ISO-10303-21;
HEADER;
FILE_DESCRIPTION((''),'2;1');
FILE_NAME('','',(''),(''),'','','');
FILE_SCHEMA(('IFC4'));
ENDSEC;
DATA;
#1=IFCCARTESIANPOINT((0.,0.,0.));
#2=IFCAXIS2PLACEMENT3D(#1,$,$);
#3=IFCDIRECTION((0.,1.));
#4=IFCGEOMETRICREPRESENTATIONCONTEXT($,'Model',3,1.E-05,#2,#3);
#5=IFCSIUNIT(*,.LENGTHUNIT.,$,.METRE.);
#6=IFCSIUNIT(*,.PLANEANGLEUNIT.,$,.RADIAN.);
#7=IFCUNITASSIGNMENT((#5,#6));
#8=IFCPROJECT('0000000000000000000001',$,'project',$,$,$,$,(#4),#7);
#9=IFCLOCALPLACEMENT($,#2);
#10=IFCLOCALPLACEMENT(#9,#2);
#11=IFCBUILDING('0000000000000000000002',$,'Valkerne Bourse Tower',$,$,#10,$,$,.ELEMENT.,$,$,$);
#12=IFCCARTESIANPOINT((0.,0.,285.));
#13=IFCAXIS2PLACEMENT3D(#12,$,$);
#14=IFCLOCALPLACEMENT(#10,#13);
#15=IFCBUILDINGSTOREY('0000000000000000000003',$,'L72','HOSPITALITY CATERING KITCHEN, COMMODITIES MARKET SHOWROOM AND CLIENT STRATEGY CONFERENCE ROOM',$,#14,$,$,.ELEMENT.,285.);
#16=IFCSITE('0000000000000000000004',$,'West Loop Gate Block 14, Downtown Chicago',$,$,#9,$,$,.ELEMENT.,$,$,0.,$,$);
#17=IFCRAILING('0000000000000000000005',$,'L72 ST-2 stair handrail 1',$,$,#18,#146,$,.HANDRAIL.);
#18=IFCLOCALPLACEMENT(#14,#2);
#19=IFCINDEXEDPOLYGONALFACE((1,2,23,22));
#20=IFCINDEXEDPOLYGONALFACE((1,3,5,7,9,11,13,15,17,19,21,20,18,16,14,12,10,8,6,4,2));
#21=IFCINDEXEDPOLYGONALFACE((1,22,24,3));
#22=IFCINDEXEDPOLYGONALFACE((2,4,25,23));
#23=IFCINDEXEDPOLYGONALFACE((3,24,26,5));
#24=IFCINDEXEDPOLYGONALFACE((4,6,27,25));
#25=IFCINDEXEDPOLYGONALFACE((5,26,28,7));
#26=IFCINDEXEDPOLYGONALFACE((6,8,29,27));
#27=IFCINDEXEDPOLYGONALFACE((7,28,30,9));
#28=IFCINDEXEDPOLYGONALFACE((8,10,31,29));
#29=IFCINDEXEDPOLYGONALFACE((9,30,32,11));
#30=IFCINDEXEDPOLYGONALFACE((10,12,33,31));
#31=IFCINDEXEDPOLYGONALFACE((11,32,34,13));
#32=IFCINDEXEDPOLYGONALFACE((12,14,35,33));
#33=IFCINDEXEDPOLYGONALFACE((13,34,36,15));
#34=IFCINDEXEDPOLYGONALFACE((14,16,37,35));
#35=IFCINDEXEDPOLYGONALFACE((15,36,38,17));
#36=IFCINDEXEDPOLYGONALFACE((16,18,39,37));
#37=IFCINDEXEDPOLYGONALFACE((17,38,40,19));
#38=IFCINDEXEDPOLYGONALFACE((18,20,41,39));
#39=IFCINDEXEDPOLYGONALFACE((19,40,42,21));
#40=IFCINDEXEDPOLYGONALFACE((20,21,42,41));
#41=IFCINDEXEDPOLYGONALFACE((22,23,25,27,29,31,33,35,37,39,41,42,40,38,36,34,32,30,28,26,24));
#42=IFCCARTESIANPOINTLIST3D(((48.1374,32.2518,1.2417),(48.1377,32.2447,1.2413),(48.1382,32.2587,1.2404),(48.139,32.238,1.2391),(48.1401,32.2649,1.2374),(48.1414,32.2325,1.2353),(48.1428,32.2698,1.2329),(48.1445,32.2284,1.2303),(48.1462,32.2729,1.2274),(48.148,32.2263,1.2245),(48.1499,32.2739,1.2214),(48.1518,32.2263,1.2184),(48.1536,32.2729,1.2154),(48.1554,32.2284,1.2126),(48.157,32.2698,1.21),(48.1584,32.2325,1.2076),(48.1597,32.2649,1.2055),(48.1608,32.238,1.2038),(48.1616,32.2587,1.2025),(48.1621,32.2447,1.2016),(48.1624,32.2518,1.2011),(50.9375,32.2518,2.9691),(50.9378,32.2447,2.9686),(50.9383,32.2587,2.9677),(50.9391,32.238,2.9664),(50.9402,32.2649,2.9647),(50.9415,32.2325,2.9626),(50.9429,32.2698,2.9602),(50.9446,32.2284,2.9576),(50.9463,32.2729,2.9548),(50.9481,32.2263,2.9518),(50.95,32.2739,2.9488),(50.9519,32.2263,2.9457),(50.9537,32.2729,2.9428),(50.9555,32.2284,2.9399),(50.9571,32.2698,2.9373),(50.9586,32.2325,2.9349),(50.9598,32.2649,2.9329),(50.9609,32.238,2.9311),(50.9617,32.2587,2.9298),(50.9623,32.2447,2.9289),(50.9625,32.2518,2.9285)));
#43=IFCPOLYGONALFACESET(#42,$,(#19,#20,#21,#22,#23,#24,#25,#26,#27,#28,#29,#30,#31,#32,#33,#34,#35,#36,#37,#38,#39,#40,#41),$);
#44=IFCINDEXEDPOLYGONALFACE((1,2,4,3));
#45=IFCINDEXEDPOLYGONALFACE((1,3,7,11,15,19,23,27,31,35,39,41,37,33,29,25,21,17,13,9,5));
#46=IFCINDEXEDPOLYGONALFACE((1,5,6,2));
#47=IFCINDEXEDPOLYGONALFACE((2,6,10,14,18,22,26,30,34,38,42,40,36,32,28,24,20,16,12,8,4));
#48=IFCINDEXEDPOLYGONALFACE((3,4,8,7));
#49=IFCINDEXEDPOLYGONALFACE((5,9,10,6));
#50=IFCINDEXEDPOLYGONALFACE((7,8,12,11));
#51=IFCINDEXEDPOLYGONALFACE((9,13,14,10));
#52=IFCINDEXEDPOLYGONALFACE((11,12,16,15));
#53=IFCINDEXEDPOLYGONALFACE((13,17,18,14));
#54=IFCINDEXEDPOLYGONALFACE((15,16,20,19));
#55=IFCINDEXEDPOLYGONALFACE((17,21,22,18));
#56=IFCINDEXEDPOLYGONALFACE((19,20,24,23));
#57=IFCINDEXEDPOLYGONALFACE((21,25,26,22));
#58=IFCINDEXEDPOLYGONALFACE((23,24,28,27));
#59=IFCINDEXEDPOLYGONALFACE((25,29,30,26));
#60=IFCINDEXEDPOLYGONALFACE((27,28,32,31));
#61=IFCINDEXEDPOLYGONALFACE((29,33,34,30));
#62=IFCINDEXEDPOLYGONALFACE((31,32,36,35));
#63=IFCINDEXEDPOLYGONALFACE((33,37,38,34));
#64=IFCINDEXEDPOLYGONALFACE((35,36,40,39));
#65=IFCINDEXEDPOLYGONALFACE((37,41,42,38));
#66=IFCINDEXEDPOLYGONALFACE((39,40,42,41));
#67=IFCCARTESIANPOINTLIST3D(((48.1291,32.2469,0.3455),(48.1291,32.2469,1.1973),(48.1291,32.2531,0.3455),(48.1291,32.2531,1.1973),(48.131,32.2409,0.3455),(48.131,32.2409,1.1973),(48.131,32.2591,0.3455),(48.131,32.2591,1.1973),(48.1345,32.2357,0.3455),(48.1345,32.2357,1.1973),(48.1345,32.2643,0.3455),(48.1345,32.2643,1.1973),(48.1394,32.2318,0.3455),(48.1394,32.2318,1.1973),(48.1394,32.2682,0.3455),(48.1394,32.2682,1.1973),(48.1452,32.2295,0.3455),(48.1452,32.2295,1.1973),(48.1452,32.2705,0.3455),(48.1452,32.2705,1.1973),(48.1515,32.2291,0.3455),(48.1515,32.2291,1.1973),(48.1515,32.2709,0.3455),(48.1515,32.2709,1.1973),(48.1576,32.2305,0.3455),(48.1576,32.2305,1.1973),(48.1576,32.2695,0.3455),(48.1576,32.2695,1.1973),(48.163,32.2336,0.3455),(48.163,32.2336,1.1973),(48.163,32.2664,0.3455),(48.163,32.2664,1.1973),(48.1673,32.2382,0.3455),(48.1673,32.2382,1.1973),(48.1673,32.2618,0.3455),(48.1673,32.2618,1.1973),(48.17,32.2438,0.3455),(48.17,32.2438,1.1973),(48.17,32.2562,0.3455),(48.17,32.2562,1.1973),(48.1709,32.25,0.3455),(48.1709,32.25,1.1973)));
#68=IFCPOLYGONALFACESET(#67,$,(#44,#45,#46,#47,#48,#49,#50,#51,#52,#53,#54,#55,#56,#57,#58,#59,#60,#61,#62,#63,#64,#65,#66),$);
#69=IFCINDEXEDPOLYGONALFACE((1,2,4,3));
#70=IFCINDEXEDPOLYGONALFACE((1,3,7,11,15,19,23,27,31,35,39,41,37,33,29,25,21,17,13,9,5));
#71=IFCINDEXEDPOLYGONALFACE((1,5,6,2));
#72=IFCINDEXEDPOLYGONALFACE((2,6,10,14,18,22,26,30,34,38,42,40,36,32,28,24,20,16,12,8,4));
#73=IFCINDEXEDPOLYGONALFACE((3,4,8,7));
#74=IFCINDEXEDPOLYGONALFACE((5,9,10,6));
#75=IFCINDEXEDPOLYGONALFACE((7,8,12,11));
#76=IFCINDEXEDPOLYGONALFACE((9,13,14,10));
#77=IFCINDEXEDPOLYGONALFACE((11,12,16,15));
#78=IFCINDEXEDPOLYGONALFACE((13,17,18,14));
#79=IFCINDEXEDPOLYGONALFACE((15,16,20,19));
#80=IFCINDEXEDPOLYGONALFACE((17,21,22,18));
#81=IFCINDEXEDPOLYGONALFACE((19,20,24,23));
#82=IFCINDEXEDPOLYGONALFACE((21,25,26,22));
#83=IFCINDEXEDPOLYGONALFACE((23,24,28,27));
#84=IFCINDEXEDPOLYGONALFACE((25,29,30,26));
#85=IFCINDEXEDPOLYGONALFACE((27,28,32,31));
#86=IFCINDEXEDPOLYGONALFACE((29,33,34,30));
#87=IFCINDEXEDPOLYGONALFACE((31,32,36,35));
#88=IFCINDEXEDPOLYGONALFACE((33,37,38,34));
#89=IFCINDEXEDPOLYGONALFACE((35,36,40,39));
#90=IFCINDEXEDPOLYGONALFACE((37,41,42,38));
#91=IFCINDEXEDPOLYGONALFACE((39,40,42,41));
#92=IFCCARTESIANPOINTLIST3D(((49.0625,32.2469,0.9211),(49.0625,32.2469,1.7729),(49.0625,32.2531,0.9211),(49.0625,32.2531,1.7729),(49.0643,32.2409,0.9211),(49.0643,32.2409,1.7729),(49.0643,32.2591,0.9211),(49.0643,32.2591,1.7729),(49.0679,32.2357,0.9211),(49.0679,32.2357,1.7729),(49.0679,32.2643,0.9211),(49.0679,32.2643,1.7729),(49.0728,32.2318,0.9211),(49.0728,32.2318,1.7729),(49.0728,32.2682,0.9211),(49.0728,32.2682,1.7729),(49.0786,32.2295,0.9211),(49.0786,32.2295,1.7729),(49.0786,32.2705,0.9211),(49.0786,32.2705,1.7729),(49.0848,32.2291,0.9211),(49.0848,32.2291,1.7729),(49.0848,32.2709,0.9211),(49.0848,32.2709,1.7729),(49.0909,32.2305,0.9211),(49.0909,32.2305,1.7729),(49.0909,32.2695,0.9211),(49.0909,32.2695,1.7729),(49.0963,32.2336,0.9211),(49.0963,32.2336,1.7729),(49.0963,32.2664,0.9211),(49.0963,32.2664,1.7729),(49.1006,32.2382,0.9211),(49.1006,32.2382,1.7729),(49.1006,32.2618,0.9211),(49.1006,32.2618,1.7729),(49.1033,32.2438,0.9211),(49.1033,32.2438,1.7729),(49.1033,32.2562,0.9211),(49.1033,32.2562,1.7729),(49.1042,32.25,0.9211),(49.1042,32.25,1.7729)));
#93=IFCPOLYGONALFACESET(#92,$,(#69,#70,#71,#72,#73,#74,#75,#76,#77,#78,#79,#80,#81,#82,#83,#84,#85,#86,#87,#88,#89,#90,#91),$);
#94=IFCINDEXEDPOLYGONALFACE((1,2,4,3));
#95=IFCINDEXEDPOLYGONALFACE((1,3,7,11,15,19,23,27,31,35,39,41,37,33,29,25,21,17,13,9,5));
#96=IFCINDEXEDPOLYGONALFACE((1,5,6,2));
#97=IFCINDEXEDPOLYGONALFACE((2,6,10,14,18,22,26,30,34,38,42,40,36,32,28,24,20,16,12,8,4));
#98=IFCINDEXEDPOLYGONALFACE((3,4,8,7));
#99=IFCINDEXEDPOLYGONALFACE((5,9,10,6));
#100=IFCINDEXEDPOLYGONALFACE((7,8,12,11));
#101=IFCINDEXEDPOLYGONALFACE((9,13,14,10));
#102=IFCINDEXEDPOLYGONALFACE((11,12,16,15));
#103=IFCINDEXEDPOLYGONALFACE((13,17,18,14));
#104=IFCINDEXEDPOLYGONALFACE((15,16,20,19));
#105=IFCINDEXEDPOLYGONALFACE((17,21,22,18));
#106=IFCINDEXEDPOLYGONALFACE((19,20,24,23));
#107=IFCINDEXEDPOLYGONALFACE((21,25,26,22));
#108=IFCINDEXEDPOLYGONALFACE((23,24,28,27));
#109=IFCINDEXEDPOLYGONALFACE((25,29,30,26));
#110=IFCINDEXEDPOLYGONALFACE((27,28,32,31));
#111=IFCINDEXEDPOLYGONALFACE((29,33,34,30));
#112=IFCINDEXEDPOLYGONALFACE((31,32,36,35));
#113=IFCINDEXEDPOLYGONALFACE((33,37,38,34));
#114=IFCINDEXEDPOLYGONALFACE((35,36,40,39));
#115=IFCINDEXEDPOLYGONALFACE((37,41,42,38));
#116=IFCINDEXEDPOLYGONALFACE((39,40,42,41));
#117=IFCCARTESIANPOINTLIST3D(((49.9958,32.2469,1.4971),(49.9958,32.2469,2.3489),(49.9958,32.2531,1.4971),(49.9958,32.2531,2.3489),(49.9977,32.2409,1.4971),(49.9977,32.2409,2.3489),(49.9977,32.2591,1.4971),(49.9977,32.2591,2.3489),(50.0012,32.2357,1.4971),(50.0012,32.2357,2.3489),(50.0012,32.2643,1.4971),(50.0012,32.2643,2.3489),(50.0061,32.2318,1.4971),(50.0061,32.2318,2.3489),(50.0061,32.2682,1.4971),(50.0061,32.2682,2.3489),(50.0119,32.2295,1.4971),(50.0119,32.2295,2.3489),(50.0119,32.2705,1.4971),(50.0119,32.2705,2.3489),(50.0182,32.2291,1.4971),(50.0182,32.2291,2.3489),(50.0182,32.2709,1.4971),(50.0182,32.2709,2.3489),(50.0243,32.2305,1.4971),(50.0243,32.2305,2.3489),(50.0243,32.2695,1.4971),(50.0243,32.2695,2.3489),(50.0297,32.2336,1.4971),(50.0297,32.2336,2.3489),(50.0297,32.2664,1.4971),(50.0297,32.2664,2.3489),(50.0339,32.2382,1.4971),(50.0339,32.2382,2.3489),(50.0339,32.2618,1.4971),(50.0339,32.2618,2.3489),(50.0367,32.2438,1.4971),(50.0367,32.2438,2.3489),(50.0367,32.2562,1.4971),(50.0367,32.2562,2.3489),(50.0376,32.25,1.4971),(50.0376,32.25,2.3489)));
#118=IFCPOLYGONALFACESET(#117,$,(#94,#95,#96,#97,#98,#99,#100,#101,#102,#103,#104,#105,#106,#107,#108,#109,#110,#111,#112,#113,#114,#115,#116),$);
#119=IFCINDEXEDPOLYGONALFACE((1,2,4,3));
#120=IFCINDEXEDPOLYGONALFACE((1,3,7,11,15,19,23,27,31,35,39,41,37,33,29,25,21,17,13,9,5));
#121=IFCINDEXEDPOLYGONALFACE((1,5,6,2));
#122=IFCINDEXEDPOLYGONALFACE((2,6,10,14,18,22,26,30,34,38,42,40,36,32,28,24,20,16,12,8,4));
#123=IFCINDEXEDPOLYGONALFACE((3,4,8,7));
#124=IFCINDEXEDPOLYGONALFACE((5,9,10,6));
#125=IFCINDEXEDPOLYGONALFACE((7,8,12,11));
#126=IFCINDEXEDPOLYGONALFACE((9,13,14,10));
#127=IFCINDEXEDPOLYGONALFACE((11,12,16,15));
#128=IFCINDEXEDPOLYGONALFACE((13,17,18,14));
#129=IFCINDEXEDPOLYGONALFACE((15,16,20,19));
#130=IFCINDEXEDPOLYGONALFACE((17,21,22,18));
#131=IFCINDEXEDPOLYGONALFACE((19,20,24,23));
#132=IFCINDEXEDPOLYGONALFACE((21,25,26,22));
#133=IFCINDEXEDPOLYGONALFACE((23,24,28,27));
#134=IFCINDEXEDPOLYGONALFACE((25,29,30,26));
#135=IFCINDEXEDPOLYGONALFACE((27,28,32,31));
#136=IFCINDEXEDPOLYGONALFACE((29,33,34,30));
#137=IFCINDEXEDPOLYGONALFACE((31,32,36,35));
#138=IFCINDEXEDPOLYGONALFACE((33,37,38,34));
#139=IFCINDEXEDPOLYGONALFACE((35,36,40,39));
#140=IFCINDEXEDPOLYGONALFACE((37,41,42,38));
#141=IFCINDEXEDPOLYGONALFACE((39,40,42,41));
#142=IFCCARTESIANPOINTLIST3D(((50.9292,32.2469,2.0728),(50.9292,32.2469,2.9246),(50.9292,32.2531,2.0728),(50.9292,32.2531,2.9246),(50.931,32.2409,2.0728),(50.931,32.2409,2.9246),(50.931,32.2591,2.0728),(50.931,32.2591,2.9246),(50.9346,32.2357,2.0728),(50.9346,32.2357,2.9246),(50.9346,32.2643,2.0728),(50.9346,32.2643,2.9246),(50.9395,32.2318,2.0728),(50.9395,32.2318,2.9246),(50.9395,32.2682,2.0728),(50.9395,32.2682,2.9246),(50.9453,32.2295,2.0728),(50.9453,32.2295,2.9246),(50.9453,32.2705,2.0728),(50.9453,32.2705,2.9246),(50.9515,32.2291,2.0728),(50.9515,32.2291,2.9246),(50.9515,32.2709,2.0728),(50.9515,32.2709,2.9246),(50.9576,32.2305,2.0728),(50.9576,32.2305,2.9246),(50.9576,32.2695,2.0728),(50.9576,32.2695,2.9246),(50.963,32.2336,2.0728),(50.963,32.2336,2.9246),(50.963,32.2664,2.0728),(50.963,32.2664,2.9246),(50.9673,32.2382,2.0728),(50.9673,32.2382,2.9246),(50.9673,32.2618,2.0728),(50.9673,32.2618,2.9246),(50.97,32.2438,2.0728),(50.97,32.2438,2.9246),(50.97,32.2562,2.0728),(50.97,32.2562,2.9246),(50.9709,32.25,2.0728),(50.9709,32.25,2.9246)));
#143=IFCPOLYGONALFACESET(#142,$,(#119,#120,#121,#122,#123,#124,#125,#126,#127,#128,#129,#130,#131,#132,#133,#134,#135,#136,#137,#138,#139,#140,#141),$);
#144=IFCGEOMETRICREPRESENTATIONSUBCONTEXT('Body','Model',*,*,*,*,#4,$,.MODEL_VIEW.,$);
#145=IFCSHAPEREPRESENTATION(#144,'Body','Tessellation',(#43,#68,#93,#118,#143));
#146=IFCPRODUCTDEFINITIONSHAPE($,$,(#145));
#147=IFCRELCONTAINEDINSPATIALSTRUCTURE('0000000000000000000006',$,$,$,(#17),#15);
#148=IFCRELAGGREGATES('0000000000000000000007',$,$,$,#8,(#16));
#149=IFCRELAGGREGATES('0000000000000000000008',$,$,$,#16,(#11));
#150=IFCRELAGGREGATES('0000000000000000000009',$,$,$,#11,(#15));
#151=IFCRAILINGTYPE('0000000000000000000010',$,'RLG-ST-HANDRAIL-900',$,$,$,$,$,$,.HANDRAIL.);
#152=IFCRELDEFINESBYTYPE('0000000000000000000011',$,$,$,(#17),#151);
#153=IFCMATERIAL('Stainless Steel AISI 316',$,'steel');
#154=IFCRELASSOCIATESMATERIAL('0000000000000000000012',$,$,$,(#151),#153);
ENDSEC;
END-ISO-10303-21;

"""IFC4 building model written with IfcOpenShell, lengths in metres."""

from ifc_helpers import new_model, si_unit, direction, frame, origin, origin_2d, place, context, subcontext, project, spatial, circle, extrude, material, type_object, element, save


model = new_model("IFC4")

# Units and contexts
model_context = context("Model", 3, precision=1e-05, world=origin(), true_north=direction((0.0, 1.0)))
body_context = subcontext(model_context, "Body", "Model", "MODEL_VIEW")
ifc_project = project(units=[si_unit("LENGTHUNIT", "METRE"), si_unit("PLANEANGLEUNIT", "RADIAN")], contexts=[model_context])

# Site, building, storey
site_placement = place(None, origin())
site = spatial("IfcSite", under=ifc_project, at=site_placement, Name="West Loop Gate Block 14, Downtown Chicago", CompositionType="ELEMENT", RefElevation=0.0)
building_placement = place(site_placement, origin())
building = spatial("IfcBuilding", under=site, at=building_placement, Name="Valkerne Bourse Tower", CompositionType="ELEMENT")
storey_placement = place(building_placement, frame((0.0, 0.0, 285.0)))
storey = spatial("IfcBuildingStorey", under=building, at=storey_placement, Name="L72", Description="HOSPITALITY CATERING KITCHEN, COMMODITIES MARKET SHOWROOM AND CLIENT STRATEGY CONFERENCE ROOM", CompositionType="ELEMENT", Elevation=285.0)

# Shared definitions
ifc_material_1 = material(Name="Stainless Steel AISI 316", Category="steel")

# Railing
railing_type_1 = type_object("IfcRailingType", Name="RLG-ST-HANDRAIL-900", PredefinedType="HANDRAIL", material=ifc_material_1)
railing_1_placement = place(storey_placement, frame((48.1499, 32.25, 0.3455)))
element("IfcRailing", 1, at=railing_1_placement, inside=storey, type_object=railing_type_1, Name="L72 ST-2 stair handrail 1", PredefinedType="HANDRAIL", context=body_context, shape_type="SweptSolid", body=[
    extrude(circle(Radius=0.0239, at=origin_2d()), frame((0.0, 0.0, 0.876), z_axis=(0.85109, 0.0, 0.52502), x_axis=(0.0, 1.0, 0.0)), (0.0, 0.0, 1.0), 3.29),
    extrude(circle(Radius=0.021, at=origin_2d()), origin(), (0.0, 0.0, 1.0), 0.8518),
    extrude(circle(Radius=0.021, at=origin_2d()), frame((0.9333, 0.0, 0.5757)), (0.0, 0.0, 1.0), 0.8518),
    extrude(circle(Radius=0.021, at=origin_2d()), frame((1.8667, 0.0, 1.1516)), (0.0, 0.0, 1.0), 0.8518),
    extrude(circle(Radius=0.021, at=origin_2d()), frame((2.8, 0.0, 1.7273)), (0.0, 0.0, 1.0), 0.8518),
])

save(model, "model.ifc")
